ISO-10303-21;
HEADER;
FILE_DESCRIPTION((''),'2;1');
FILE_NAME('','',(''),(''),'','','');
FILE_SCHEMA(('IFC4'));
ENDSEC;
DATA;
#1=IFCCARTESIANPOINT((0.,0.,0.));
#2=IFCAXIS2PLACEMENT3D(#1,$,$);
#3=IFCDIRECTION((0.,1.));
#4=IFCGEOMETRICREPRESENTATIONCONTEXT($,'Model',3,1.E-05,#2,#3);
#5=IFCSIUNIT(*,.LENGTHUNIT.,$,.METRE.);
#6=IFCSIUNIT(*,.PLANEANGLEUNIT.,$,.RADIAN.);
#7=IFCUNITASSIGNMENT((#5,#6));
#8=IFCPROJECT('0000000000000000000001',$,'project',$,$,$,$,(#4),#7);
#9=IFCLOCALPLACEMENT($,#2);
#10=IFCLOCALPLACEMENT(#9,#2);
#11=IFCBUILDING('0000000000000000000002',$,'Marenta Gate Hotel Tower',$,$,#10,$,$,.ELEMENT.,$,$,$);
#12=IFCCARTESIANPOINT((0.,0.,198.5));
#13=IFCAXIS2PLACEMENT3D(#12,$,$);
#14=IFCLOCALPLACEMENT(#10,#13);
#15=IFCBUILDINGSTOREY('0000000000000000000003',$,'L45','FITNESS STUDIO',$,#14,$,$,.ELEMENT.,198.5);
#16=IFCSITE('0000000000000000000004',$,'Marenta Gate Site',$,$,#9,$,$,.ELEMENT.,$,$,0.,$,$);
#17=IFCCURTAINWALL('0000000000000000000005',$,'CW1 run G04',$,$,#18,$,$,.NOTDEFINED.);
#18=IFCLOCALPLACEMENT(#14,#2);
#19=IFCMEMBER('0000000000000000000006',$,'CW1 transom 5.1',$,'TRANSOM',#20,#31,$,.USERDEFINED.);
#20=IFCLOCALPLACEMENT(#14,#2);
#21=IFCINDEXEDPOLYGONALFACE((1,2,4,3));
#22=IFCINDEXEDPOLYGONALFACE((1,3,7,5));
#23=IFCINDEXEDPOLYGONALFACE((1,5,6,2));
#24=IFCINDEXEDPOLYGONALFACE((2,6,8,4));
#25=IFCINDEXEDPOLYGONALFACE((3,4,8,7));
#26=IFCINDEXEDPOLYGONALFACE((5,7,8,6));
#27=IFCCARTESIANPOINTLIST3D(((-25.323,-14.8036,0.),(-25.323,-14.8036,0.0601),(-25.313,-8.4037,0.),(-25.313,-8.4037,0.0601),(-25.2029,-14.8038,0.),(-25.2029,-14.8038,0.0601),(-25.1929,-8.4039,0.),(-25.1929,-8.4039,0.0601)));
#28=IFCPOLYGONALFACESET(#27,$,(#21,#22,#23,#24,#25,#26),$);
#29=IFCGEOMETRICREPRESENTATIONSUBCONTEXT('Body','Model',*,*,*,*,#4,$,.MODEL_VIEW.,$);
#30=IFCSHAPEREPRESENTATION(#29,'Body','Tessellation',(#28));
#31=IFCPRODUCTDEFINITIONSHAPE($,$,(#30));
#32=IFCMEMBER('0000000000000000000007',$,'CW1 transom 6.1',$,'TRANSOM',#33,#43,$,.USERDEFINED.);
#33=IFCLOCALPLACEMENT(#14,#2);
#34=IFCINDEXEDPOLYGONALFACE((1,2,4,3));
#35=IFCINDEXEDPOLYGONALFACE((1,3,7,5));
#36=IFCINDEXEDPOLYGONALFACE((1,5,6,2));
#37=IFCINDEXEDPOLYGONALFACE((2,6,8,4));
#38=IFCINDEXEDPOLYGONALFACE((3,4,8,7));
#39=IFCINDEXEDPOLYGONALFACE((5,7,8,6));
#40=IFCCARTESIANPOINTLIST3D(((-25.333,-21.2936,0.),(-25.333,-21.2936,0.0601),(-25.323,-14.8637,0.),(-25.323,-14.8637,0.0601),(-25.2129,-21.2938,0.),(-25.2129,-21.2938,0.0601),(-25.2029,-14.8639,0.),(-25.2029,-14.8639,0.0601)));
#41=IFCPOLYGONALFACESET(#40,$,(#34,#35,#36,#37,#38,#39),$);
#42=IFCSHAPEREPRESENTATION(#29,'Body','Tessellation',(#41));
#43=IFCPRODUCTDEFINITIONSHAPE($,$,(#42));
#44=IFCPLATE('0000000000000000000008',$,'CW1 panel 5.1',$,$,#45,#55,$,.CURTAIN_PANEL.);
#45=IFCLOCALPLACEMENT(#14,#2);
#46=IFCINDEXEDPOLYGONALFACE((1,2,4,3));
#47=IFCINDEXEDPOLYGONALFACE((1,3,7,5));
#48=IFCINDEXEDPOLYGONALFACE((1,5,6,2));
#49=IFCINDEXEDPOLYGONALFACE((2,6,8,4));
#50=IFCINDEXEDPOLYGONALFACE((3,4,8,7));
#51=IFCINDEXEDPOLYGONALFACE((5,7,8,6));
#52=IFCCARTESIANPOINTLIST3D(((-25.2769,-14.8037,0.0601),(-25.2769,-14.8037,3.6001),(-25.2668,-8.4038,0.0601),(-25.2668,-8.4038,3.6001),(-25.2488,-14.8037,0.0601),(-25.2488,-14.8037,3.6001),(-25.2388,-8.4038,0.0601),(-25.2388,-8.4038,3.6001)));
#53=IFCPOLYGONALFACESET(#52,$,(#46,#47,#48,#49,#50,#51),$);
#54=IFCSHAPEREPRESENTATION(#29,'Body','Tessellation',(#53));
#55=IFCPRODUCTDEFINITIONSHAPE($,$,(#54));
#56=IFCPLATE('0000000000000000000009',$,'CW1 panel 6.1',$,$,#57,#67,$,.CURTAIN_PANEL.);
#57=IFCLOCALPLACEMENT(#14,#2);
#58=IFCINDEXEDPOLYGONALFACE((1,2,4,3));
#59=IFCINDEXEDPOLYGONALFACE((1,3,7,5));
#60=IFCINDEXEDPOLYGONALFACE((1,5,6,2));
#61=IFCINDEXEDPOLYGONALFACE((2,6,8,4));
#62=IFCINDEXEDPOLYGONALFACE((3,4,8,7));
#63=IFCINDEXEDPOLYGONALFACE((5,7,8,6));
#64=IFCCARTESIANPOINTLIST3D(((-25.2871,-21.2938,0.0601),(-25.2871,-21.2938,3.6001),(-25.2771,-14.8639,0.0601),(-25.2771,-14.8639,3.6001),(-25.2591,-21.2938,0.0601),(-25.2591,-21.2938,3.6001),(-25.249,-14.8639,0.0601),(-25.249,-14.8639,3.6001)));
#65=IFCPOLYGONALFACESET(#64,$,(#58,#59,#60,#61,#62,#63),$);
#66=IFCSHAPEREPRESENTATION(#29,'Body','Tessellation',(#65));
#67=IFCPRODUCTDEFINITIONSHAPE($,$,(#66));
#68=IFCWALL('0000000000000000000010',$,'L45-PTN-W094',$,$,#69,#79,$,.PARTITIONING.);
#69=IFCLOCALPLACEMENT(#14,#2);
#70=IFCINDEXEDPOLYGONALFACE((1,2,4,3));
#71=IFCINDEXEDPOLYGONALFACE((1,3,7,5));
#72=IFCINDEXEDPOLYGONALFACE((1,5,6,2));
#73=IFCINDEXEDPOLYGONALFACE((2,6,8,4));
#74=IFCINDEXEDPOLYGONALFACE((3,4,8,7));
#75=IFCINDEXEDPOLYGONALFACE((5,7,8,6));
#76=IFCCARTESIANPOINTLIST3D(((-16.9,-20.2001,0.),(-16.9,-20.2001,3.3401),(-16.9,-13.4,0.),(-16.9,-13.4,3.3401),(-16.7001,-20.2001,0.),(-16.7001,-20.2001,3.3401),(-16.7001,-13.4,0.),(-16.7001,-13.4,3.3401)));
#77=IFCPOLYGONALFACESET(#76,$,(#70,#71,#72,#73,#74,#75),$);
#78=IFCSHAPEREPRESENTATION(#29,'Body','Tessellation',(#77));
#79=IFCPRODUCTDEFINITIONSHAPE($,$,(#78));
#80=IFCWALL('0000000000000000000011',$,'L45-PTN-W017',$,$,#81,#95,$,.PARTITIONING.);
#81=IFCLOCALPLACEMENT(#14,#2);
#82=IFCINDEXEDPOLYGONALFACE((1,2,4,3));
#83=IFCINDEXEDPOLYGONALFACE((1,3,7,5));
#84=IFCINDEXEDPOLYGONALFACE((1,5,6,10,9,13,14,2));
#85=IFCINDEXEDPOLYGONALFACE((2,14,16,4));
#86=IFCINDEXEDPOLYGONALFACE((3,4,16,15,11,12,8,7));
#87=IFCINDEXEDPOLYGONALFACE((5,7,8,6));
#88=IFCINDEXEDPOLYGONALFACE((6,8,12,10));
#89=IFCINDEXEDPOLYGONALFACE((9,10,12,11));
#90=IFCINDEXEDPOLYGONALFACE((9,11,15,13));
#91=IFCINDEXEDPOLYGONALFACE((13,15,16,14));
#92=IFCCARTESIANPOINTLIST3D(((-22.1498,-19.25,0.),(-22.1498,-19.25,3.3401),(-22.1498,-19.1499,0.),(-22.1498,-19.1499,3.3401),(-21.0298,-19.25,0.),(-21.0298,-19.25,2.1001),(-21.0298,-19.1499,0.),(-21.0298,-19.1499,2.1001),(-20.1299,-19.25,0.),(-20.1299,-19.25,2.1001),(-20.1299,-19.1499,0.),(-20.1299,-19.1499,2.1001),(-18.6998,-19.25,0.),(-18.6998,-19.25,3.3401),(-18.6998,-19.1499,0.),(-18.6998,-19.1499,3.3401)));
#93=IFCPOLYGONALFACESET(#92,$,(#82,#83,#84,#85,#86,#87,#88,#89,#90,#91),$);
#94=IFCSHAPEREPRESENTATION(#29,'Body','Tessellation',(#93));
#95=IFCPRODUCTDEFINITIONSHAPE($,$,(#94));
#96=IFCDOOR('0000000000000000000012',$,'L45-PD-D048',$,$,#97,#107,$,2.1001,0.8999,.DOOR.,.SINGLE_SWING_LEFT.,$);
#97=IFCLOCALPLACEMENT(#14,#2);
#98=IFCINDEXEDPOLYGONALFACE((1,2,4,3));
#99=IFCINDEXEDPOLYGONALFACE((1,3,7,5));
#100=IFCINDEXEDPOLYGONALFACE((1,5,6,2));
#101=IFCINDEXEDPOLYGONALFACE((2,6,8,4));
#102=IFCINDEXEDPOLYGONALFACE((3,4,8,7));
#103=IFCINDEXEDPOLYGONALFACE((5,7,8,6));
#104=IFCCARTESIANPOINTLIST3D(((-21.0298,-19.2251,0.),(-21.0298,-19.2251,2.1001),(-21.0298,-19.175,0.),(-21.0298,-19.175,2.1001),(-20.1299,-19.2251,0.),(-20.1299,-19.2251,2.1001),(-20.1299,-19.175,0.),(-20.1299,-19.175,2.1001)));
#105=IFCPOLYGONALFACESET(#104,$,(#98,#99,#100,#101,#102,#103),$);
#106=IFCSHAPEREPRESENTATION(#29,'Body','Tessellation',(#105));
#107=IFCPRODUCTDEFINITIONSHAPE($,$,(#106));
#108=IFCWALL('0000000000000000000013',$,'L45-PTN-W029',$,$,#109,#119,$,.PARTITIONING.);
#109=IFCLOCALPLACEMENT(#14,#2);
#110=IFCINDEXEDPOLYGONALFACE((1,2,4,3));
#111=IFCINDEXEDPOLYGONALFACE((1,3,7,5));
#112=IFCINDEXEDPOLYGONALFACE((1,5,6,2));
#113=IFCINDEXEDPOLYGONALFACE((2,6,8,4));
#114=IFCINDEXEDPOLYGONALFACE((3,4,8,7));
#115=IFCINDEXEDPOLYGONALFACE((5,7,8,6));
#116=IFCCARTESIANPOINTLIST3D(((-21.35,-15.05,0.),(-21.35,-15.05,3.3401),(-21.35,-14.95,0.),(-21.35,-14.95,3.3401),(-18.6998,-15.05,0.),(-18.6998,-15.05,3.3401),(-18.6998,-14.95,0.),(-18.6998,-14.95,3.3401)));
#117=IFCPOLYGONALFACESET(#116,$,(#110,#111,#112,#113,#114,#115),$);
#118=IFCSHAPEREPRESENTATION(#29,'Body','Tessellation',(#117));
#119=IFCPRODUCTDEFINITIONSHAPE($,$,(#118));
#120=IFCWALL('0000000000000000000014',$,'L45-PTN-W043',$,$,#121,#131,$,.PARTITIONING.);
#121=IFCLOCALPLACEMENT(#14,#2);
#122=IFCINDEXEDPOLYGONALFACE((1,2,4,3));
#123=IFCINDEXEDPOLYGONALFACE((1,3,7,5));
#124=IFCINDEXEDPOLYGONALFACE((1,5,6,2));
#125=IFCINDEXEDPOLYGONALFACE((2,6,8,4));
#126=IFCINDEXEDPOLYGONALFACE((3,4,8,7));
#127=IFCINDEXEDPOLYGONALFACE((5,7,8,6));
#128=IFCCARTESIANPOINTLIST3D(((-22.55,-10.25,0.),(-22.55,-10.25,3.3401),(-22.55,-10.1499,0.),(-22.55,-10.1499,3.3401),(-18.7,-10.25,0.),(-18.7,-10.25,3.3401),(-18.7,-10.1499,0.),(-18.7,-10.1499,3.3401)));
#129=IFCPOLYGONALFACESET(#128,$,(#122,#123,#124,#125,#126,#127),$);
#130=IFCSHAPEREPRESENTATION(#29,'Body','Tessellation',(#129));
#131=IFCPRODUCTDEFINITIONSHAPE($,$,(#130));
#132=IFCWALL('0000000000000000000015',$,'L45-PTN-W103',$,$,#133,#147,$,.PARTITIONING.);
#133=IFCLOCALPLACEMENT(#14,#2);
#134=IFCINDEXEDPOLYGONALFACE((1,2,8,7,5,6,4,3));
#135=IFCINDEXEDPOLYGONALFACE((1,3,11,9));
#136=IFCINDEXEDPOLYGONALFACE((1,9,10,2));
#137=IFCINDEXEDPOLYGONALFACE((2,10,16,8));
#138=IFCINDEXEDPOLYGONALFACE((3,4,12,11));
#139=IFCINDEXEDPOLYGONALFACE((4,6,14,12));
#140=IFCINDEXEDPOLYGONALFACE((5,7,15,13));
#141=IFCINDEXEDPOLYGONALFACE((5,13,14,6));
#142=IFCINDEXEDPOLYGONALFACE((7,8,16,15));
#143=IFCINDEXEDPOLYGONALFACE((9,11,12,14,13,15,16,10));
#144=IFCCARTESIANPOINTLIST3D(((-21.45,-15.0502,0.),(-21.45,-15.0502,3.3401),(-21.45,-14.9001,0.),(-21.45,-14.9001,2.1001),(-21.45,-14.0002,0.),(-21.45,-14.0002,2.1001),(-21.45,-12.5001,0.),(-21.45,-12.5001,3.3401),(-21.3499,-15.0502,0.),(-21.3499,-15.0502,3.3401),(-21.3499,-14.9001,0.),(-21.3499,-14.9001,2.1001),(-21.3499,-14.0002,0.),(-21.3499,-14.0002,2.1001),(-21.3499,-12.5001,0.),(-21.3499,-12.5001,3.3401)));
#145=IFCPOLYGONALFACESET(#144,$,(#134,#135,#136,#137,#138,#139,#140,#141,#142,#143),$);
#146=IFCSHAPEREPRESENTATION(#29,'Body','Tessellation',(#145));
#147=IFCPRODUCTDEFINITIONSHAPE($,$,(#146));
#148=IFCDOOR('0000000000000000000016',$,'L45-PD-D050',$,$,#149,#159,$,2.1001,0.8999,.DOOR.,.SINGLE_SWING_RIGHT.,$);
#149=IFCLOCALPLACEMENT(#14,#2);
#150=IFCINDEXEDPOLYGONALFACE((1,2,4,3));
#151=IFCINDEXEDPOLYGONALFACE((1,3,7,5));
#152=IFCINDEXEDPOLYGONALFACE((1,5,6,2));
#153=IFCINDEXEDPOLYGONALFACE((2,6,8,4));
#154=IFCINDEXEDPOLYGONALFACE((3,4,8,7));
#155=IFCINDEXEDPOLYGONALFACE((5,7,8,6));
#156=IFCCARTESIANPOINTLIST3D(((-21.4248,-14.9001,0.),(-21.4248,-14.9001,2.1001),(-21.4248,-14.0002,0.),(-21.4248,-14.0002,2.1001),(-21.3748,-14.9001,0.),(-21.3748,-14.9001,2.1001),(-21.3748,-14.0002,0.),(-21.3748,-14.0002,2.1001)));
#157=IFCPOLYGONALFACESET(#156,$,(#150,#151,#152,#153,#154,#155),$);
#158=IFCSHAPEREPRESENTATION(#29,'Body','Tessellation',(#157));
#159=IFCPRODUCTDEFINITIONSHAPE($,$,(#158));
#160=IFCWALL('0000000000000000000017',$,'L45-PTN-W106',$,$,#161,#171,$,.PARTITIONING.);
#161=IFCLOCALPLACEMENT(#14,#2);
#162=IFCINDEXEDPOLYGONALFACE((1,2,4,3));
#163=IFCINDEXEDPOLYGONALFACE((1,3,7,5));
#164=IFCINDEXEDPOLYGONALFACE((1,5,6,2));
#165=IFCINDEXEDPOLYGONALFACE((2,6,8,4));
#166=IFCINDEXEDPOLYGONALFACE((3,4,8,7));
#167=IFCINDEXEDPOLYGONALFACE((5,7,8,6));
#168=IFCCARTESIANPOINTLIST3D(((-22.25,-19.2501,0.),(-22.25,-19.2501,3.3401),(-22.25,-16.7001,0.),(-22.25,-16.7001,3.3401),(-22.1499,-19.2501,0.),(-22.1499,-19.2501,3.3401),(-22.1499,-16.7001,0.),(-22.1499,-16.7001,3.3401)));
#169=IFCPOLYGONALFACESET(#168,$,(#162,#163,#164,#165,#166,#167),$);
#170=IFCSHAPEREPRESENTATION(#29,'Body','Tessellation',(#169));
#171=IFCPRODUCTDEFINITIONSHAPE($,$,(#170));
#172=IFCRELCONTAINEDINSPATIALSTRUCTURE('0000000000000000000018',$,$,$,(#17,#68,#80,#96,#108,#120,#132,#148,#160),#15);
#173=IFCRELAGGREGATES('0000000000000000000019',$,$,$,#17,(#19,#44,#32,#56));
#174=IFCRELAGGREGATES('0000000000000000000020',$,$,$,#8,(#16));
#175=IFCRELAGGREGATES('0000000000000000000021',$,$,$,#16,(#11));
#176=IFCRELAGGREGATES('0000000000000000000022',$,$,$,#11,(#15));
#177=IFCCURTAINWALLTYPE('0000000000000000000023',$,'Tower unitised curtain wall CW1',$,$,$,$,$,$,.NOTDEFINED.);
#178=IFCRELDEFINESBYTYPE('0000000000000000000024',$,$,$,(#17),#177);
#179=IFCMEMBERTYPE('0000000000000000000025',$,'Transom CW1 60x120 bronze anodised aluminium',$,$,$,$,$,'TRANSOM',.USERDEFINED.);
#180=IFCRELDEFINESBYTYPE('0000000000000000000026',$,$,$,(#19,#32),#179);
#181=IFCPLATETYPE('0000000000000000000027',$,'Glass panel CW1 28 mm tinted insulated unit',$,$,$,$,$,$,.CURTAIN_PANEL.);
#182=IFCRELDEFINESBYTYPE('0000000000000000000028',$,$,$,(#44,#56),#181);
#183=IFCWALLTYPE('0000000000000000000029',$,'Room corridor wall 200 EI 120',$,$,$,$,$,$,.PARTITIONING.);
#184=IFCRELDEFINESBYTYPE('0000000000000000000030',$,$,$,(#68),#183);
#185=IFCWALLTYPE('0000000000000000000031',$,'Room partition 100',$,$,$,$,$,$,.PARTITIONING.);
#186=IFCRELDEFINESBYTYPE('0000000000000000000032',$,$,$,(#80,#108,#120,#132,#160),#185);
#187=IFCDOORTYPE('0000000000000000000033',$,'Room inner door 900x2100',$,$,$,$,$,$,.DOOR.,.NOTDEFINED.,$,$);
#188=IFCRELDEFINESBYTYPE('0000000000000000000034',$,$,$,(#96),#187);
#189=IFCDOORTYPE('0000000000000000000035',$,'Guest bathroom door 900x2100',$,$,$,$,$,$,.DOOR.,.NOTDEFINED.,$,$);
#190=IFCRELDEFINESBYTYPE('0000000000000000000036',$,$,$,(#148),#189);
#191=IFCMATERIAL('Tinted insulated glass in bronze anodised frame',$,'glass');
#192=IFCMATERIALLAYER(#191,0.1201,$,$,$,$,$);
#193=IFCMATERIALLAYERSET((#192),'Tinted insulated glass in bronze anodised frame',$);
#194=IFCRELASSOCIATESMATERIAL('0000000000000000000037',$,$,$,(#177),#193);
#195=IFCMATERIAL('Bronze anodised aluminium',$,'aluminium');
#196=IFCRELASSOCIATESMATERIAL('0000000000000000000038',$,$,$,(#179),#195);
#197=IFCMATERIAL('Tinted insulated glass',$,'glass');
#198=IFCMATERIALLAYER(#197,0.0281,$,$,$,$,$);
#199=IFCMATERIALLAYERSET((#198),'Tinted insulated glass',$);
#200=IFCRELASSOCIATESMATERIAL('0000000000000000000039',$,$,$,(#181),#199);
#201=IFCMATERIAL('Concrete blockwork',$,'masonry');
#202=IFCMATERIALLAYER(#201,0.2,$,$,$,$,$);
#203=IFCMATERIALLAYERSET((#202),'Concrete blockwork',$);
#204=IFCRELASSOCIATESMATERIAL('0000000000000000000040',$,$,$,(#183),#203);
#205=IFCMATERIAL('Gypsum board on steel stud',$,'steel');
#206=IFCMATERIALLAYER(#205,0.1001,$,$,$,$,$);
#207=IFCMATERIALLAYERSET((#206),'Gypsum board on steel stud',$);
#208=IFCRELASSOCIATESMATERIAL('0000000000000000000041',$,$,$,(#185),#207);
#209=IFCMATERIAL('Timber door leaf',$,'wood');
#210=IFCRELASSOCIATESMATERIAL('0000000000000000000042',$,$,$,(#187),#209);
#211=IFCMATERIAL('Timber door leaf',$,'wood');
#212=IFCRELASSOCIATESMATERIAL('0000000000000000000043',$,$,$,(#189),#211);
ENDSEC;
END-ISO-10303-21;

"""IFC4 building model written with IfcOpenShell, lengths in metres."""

from ifc_helpers import new_model, si_unit, direction, frame, frame_2d, origin, origin_2d, place, context, subcontext, project, spatial, rectangle, extrude, material, layer, layer_set, material_profile, profile_set, type_object, element, fill, aggregate, save


model = new_model("IFC4")

# Units and contexts
model_context = context("Model", 3, precision=1e-05, world=origin(), true_north=direction((0.0, 1.0)))
body_context = subcontext(model_context, "Body", "Model", "MODEL_VIEW")
ifc_project = project(units=[si_unit("LENGTHUNIT", "METRE"), si_unit("PLANEANGLEUNIT", "RADIAN")], contexts=[model_context])

# Site, building, storey
site_placement = place(None, origin())
site = spatial("IfcSite", under=ifc_project, at=site_placement, Name="Marenta Gate Site", CompositionType="ELEMENT", RefElevation=0.0)
building_placement = place(site_placement, origin())
building = spatial("IfcBuilding", under=site, at=building_placement, Name="Marenta Gate Hotel Tower", CompositionType="ELEMENT")
storey_placement = place(building_placement, frame((0.0, 0.0, 198.5)))
storey = spatial("IfcBuildingStorey", under=building, at=storey_placement, Name="L45", Description="FITNESS STUDIO", CompositionType="ELEMENT", Elevation=198.5)

# Curtain wall
ifc_material_1 = material(Name="Tinted insulated glass in bronze anodised frame", Category="glass")
ifc_layer_1 = layer(ifc_material_1, 0.1201)
ifc_layer_set_1 = layer_set([ifc_layer_1], Name="Tinted insulated glass in bronze anodised frame")
curtain_wall_type = type_object("IfcCurtainWallType", Name="Tower unitised curtain wall CW1", PredefinedType="NOTDEFINED", material=ifc_layer_set_1)
curtain_wall_1_placement = place(storey_placement, origin())
curtain_wall_1 = element("IfcCurtainWall", 1, at=curtain_wall_1_placement, inside=storey, type_object=curtain_wall_type, Name="CW1 run G04", PredefinedType="NOTDEFINED")

# Members
ifc_material_2 = material(Name="Bronze anodised aluminium", Category="aluminium")
ifc_material_profile_1 = material_profile(ifc_material_2, rectangle(XDim=0.1201, YDim=0.0601, at=origin_2d()), Name="Transom CW1 60x120 bronze anodised aluminium")
ifc_profile_set_1 = profile_set([ifc_material_profile_1], Name="Bronze anodised aluminium")
member_type_1 = type_object("IfcMemberType", Name="Transom CW1 60x120 bronze anodised aluminium", ElementType="TRANSOM", PredefinedType="USERDEFINED", material=ifc_profile_set_1)
member_1_placement = place(storey_placement, frame((-25.2529, -8.4038, 0.03), z_axis=(-0.001564, -0.999999, 0.0), x_axis=(0.999999, -0.001564, 0.0)))
member_1 = element("IfcMember", 2, at=member_1_placement, type_object=member_type_1, Name="CW1 transom 5.1", ObjectType="TRANSOM", PredefinedType="USERDEFINED", context=body_context, shape_type="SweptSolid", body=[
    extrude(rectangle(XDim=0.1201, YDim=0.0601, at=origin_2d()), origin(), (0.0, 0.0, 1.0), 6.3999),
])
member_2_placement = place(storey_placement, frame((-25.2629, -14.8638, 0.03), z_axis=(-0.001557, -0.999999, 0.0), x_axis=(0.999999, -0.001557, 0.0)))
member_2 = element("IfcMember", 3, at=member_2_placement, type_object=member_type_1, Name="CW1 transom 6.1", ObjectType="TRANSOM", PredefinedType="USERDEFINED", context=body_context, shape_type="SweptSolid", body=[
    extrude(rectangle(XDim=0.1201, YDim=0.0601, at=origin_2d()), origin(), (0.0, 0.0, 1.0), 6.4299),
])

# Plates
ifc_material_3 = material(Name="Tinted insulated glass", Category="glass")
ifc_layer_2 = layer(ifc_material_3, 0.0281)
ifc_layer_set_2 = layer_set([ifc_layer_2], Name="Tinted insulated glass")
plate_type = type_object("IfcPlateType", Name="Glass panel CW1 28 mm tinted insulated unit", PredefinedType="CURTAIN_PANEL", material=ifc_layer_set_2)
plate_1_placement = place(storey_placement, frame((-25.2578, -11.6038, 0.0601), z_axis=(0.0, 0.0, 1.0), x_axis=(-0.001566, -0.999999, 0.0)))
plate_1 = element("IfcPlate", 4, at=plate_1_placement, type_object=plate_type, Name="CW1 panel 5.1", PredefinedType="CURTAIN_PANEL", context=body_context, shape_type="SweptSolid", body=[
    extrude(rectangle(XDim=6.3999, YDim=0.0281, at=origin_2d()), origin(), (0.0, 0.0, 1.0), 3.54),
])
plate_2_placement = place(storey_placement, frame((-25.2681, -18.0789, 0.0601), z_axis=(0.0, 0.0, 1.0), x_axis=(-0.001566, -0.999999, 0.0)))
plate_2 = element("IfcPlate", 5, at=plate_2_placement, type_object=plate_type, Name="CW1 panel 6.1", PredefinedType="CURTAIN_PANEL", context=body_context, shape_type="SweptSolid", body=[
    extrude(rectangle(XDim=6.4299, YDim=0.0281, at=origin_2d()), origin(), (0.0, 0.0, 1.0), 3.54),
])
aggregate(curtain_wall_1, [member_1, plate_1, member_2, plate_2])

# Wall
ifc_material_4 = material(Name="Concrete blockwork", Category="masonry")
ifc_layer_3 = layer(ifc_material_4, 0.2)
ifc_layer_set_3 = layer_set([ifc_layer_3], Name="Concrete blockwork")
wall_type_1 = type_object("IfcWallType", Name="Room corridor wall 200 EI 120", PredefinedType="PARTITIONING", material=ifc_layer_set_3)
wall_1_placement = place(storey_placement, frame((-16.8, -20.2, 0.0), z_axis=(0.0, 0.0, 1.0), x_axis=(0.0, 1.0, 0.0)))
element("IfcWall", 6, at=wall_1_placement, inside=storey, type_object=wall_type_1, Name="L45-PTN-W094", PredefinedType="PARTITIONING", context=body_context, shape_type="SweptSolid", body=[
    extrude(rectangle(XDim=6.8, YDim=0.2, at=frame_2d((3.3999, 0.0))), origin(), (0.0, 0.0, 1.0), 3.3401),
])

# Wall, opening, door
ifc_material_5 = material(Name="Gypsum board on steel stud", Category="steel")
ifc_layer_4 = layer(ifc_material_5, 0.1001)
ifc_layer_set_4 = layer_set([ifc_layer_4], Name="Gypsum board on steel stud")
wall_type_2 = type_object("IfcWallType", Name="Room partition 100", PredefinedType="PARTITIONING", material=ifc_layer_set_4)
wall_2_placement = place(storey_placement, frame((-22.1499, -19.2, 0.0), z_axis=(0.0, 0.0, 1.0), x_axis=(1.0, 0.0, 0.0)))
wall_2 = element("IfcWall", 7, at=wall_2_placement, inside=storey, type_object=wall_type_2, Name="L45-PTN-W017", PredefinedType="PARTITIONING", context=body_context, shape_type="SweptSolid", body=[
    extrude(rectangle(XDim=3.45, YDim=0.1001, at=frame_2d((1.7251, 0.0))), origin(), (0.0, 0.0, 1.0), 3.3401),
])
opening_1_placement = place(wall_2_placement, frame((1.1201, 0.0, 0.0)))
opening_1 = element("IfcOpeningElement", 8, at=opening_1_placement, cuts=wall_2, PredefinedType="OPENING", context=body_context, shape_type="SweptSolid", body=[
    extrude(rectangle(XDim=0.8999, YDim=2.1001, at=frame_2d((0.45, 1.05))), frame((0.0, 0.05, 0.0), z_axis=(0.0, -1.0, 0.0), x_axis=(1.0, 0.0, 0.0)), (0.0, 0.0, 1.0), 0.1001),
])
ifc_material_6 = material(Name="Timber door leaf", Category="wood")
door_type_1 = type_object("IfcDoorType", Name="Room inner door 900x2100", OperationType="NOTDEFINED", PredefinedType="DOOR", material=ifc_material_6)
door_1_placement = place(opening_1_placement, origin())
door_1 = element("IfcDoor", 9, at=door_1_placement, inside=storey, type_object=door_type_1, Name="L45-PD-D048", OperationType="SINGLE_SWING_LEFT", OverallHeight=2.1001, OverallWidth=0.8999, PredefinedType="DOOR", context=body_context, shape_type="SweptSolid", body=[
    extrude(rectangle(XDim=0.8999, YDim=2.1001, at=frame_2d((0.45, 1.05))), frame((0.0, 0.0249, 0.0), z_axis=(0.0, -1.0, 0.0), x_axis=(1.0, 0.0, 0.0)), (0.0, 0.0, 1.0), 0.05),
])
fill(opening_1, door_1)

# Walls
wall_3_placement = place(storey_placement, frame((-21.3501, -15.0, 0.0), z_axis=(0.0, 0.0, 1.0), x_axis=(1.0, 0.0, 0.0)))
element("IfcWall", 10, at=wall_3_placement, inside=storey, type_object=wall_type_2, Name="L45-PTN-W029", PredefinedType="PARTITIONING", context=body_context, shape_type="SweptSolid", body=[
    extrude(rectangle(XDim=2.6501, YDim=0.1001, at=frame_2d((1.3252, 0.0))), origin(), (0.0, 0.0, 1.0), 3.3401),
])
wall_4_placement = place(storey_placement, frame((-22.55, -10.2, 0.0), z_axis=(0.0, 0.0, 1.0), x_axis=(1.0, 0.0, 0.0)))
element("IfcWall", 11, at=wall_4_placement, inside=storey, type_object=wall_type_2, Name="L45-PTN-W043", PredefinedType="PARTITIONING", context=body_context, shape_type="SweptSolid", body=[
    extrude(rectangle(XDim=3.8501, YDim=0.1001, at=frame_2d((1.925, 0.0))), origin(), (0.0, 0.0, 1.0), 3.3401),
])

# Wall, opening, door
wall_5_placement = place(storey_placement, frame((-21.3999, -15.05, 0.0), z_axis=(0.0, 0.0, 1.0), x_axis=(0.0, 1.0, 0.0)))
wall_5 = element("IfcWall", 12, at=wall_5_placement, inside=storey, type_object=wall_type_2, Name="L45-PTN-W103", PredefinedType="PARTITIONING", context=body_context, shape_type="SweptSolid", body=[
    extrude(rectangle(XDim=2.55, YDim=0.1001, at=frame_2d((1.2749, 0.0))), origin(), (0.0, 0.0, 1.0), 3.3401),
])
opening_2_placement = place(wall_5_placement, frame((0.1499, 0.0, 0.0)))
opening_2 = element("IfcOpeningElement", 13, at=opening_2_placement, cuts=wall_5, PredefinedType="OPENING", context=body_context, shape_type="SweptSolid", body=[
    extrude(rectangle(XDim=0.8999, YDim=2.1001, at=frame_2d((0.45, 1.05))), frame((0.0, 0.05, 0.0), z_axis=(0.0, -1.0, 0.0), x_axis=(1.0, 0.0, 0.0)), (0.0, 0.0, 1.0), 0.1001),
])
ifc_material_7 = material(Name="Timber door leaf", Category="wood")
door_type_2 = type_object("IfcDoorType", Name="Guest bathroom door 900x2100", OperationType="NOTDEFINED", PredefinedType="DOOR", material=ifc_material_7)
door_2_placement = place(opening_2_placement, origin())
door_2 = element("IfcDoor", 14, at=door_2_placement, inside=storey, type_object=door_type_2, Name="L45-PD-D050", OperationType="SINGLE_SWING_RIGHT", OverallHeight=2.1001, OverallWidth=0.8999, PredefinedType="DOOR", context=body_context, shape_type="SweptSolid", body=[
    extrude(rectangle(XDim=0.8999, YDim=2.1001, at=frame_2d((0.45, 1.05))), frame((0.0, 0.0249, 0.0), z_axis=(0.0, -1.0, 0.0), x_axis=(1.0, 0.0, 0.0)), (0.0, 0.0, 1.0), 0.05),
])
fill(opening_2, door_2)

# Wall
wall_6_placement = place(storey_placement, frame((-22.2, -19.25, 0.0), z_axis=(0.0, 0.0, 1.0), x_axis=(0.0, 1.0, 0.0)))
element("IfcWall", 15, at=wall_6_placement, inside=storey, type_object=wall_type_2, Name="L45-PTN-W106", PredefinedType="PARTITIONING", context=body_context, shape_type="SweptSolid", body=[
    extrude(rectangle(XDim=2.55, YDim=0.1001, at=frame_2d((1.2749, 0.0))), origin(), (0.0, 0.0, 1.0), 3.3401),
])

save(model, "model.ifc")
